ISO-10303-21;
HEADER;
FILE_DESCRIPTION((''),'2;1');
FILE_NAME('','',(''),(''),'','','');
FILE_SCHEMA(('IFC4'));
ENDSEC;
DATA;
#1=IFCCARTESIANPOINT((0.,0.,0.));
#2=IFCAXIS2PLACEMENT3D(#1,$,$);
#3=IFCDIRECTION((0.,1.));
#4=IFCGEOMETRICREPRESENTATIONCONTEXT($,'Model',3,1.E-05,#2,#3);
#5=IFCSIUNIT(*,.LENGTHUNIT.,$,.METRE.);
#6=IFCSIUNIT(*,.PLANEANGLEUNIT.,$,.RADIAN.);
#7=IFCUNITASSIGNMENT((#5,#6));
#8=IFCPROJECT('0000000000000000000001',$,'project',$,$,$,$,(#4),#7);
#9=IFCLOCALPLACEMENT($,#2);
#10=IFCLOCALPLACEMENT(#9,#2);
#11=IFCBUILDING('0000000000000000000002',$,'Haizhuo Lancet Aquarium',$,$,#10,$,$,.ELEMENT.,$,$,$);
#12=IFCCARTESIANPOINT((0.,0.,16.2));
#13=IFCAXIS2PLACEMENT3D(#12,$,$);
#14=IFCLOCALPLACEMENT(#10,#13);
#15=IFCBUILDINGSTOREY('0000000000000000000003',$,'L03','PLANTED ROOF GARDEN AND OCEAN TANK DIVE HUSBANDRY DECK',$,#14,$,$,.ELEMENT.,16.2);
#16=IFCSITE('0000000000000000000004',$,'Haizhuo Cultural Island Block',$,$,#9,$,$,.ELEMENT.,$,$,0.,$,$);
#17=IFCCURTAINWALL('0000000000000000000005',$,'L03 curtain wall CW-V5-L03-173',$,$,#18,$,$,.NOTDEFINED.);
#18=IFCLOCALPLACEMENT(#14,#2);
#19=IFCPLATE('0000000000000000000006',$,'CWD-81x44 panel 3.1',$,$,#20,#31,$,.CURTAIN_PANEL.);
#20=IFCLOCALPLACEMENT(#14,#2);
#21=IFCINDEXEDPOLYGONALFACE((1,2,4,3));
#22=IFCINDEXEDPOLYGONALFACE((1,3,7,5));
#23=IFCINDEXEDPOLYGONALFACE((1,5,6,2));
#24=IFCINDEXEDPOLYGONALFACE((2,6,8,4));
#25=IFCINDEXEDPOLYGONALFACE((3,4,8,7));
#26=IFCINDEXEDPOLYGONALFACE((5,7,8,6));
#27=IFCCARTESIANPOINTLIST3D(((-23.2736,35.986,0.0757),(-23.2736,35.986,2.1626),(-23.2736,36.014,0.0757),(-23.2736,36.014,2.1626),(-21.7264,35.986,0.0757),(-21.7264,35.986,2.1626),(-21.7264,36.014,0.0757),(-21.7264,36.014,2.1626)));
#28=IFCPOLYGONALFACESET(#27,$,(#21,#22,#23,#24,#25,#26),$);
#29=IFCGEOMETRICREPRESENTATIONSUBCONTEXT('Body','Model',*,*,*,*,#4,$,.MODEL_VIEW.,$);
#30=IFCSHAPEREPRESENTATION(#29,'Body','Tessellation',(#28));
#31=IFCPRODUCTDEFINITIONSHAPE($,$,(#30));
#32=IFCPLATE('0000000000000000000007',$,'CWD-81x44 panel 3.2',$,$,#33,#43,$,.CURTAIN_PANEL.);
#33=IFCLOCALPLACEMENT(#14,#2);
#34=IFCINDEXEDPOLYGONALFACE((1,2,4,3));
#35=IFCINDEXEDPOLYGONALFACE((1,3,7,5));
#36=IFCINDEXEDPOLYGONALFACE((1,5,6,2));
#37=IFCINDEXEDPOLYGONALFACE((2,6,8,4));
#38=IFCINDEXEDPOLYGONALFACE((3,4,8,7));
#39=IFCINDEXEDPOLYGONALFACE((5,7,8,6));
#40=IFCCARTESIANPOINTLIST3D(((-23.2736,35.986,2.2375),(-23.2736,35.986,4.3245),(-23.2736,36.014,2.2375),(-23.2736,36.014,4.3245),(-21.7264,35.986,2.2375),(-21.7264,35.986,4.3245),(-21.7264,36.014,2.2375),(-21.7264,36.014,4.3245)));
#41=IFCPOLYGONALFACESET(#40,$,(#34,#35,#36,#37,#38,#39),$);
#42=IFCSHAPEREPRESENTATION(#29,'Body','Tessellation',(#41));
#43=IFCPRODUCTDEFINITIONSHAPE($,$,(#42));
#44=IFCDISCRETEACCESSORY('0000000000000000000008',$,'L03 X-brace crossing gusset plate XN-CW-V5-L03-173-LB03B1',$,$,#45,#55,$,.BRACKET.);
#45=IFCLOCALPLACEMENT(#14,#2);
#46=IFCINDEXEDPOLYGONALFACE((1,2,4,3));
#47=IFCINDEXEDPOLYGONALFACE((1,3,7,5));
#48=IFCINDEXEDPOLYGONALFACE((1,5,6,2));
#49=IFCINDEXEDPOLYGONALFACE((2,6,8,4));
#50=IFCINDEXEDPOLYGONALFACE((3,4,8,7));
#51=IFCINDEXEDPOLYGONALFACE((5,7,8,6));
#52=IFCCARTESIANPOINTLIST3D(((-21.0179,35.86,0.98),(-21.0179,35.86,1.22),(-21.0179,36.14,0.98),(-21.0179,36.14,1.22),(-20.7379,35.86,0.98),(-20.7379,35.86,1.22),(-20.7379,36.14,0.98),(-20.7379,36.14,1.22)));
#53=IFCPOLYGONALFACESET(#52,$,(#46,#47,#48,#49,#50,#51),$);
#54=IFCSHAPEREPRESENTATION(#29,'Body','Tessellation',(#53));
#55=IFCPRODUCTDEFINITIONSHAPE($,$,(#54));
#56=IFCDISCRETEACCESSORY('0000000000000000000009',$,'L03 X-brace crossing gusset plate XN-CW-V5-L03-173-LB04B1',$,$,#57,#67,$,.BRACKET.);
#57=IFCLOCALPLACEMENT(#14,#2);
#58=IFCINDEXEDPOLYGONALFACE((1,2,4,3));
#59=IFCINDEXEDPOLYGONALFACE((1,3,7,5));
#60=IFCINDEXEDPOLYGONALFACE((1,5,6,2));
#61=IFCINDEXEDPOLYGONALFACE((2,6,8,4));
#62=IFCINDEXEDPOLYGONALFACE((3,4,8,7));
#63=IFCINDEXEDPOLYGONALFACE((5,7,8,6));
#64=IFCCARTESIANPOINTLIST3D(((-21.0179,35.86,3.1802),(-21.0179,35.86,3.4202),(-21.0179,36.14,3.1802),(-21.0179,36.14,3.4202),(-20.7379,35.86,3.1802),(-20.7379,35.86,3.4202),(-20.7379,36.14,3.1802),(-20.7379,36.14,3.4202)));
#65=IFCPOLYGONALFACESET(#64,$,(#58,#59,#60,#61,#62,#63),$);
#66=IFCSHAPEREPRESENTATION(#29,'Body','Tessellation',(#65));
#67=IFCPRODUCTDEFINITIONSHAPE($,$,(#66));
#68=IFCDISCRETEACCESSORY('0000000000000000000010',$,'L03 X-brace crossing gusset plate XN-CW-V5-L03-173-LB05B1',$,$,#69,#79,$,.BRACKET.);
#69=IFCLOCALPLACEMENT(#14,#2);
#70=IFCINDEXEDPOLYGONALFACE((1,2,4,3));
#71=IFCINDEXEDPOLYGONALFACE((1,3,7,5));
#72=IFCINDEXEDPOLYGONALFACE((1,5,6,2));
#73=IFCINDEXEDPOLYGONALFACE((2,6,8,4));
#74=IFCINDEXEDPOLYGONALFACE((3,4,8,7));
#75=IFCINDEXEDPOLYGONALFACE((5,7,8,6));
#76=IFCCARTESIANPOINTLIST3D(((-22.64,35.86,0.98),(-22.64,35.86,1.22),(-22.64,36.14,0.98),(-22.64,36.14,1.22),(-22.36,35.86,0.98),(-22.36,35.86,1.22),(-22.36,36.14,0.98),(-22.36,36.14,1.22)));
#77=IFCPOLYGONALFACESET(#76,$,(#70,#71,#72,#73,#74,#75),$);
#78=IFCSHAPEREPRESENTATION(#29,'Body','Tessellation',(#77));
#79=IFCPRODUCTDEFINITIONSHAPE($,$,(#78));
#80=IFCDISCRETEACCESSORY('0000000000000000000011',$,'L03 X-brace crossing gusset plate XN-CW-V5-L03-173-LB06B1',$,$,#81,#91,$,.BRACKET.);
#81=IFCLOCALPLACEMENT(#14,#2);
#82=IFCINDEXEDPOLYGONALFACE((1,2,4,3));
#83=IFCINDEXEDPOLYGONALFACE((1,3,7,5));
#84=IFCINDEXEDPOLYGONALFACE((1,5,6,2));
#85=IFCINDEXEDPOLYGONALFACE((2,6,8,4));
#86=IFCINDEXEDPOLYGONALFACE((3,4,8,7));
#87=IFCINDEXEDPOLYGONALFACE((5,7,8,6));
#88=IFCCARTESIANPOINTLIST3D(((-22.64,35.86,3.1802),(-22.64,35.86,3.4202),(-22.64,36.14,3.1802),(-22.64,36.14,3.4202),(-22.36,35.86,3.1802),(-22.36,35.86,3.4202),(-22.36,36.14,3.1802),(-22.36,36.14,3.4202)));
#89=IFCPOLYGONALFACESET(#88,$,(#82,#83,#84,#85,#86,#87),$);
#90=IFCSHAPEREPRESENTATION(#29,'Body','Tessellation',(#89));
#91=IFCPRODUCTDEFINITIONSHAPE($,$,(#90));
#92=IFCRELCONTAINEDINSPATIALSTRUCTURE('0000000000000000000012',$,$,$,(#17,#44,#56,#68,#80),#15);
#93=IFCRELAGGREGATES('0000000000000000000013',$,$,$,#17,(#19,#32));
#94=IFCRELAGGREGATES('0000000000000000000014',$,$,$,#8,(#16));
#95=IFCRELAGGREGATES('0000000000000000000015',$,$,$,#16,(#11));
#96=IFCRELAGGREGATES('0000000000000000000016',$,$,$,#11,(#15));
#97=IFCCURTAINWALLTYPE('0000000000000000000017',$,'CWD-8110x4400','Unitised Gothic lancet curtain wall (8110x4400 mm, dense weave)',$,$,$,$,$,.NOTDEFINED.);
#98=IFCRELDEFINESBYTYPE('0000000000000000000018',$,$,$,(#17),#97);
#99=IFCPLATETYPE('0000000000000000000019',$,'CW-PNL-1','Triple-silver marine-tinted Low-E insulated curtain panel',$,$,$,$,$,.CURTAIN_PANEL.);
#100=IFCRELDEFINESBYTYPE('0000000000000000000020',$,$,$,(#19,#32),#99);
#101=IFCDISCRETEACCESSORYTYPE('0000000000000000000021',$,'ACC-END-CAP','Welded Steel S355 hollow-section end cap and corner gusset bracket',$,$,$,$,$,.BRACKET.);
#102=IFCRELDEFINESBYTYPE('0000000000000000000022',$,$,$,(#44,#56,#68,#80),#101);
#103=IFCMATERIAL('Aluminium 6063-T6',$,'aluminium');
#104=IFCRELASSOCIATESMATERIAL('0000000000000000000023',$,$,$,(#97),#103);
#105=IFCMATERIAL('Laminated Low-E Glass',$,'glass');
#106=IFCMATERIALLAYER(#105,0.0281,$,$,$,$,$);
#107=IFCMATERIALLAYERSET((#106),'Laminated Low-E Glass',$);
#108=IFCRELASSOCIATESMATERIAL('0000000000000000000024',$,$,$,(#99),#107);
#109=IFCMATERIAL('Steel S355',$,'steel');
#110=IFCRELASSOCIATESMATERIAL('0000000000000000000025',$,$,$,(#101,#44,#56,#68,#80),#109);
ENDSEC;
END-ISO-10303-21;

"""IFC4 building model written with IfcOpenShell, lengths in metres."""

from ifc_helpers import new_model, si_unit, direction, frame, origin, origin_2d, place, context, subcontext, project, spatial, rectangle, extrude, material, layer, layer_set, type_object, element, aggregate, save


model = new_model("IFC4")

# Units and contexts
model_context = context("Model", 3, precision=1e-05, world=origin(), true_north=direction((0.0, 1.0)))
body_context = subcontext(model_context, "Body", "Model", "MODEL_VIEW")
ifc_project = project(units=[si_unit("LENGTHUNIT", "METRE"), si_unit("PLANEANGLEUNIT", "RADIAN")], contexts=[model_context])

# Site, building, storey
site_placement = place(None, origin())
site = spatial("IfcSite", under=ifc_project, at=site_placement, Name="Haizhuo Cultural Island Block", CompositionType="ELEMENT", RefElevation=0.0)
building_placement = place(site_placement, origin())
building = spatial("IfcBuilding", under=site, at=building_placement, Name="Haizhuo Lancet Aquarium", CompositionType="ELEMENT")
storey_placement = place(building_placement, frame((0.0, 0.0, 16.2)))
storey = spatial("IfcBuildingStorey", under=building, at=storey_placement, Name="L03", Description="PLANTED ROOF GARDEN AND OCEAN TANK DIVE HUSBANDRY DECK", CompositionType="ELEMENT", Elevation=16.2)

# Curtain wall
ifc_material_1 = material(Name="Aluminium 6063-T6", Category="aluminium")
curtain_wall_type = type_object("IfcCurtainWallType", Name="CWD-8110x4400", Description="Unitised Gothic lancet curtain wall (8110x4400 mm, dense weave)", PredefinedType="NOTDEFINED", material=ifc_material_1)
curtain_wall_placement = place(storey_placement, origin())
curtain_wall = element("IfcCurtainWall", 1, at=curtain_wall_placement, inside=storey, type_object=curtain_wall_type, Name="L03 curtain wall CW-V5-L03-173", PredefinedType="NOTDEFINED")

# Shared definitions
ifc_material_2 = material(Name="Steel S355", Category="steel")

# Plates
ifc_material_3 = material(Name="Laminated Low-E Glass", Category="glass")
ifc_layer = layer(ifc_material_3, 0.0281)
ifc_layer_set = layer_set([ifc_layer], Name="Laminated Low-E Glass")
plate_type = type_object("IfcPlateType", Name="CW-PNL-1", Description="Triple-silver marine-tinted Low-E insulated curtain panel", PredefinedType="CURTAIN_PANEL", material=ifc_layer_set)
plate_1_placement = place(storey_placement, frame((-22.5, 36.0, 0.0757), z_axis=(0.0, 0.0, 1.0), x_axis=(-1.0, 0.0, 0.0)))
plate_1 = element("IfcPlate", 2, at=plate_1_placement, type_object=plate_type, Name="CWD-81x44 panel 3.1", PredefinedType="CURTAIN_PANEL", context=body_context, shape_type="SweptSolid", body=[
    extrude(rectangle(XDim=1.5471, YDim=0.0281, at=origin_2d()), origin(), (0.0, 0.0, 1.0), 2.0869),
])
plate_2_placement = place(storey_placement, frame((-22.5, 36.0, 2.2375), z_axis=(0.0, 0.0, 1.0), x_axis=(-1.0, 0.0, 0.0)))
plate_2 = element("IfcPlate", 3, at=plate_2_placement, type_object=plate_type, Name="CWD-81x44 panel 3.2", PredefinedType="CURTAIN_PANEL", context=body_context, shape_type="SweptSolid", body=[
    extrude(rectangle(XDim=1.5471, YDim=0.0281, at=origin_2d()), origin(), (0.0, 0.0, 1.0), 2.0869),
])
aggregate(curtain_wall, [plate_1, plate_2])

# Discrete accessories
discrete_accessory_type = type_object("IfcDiscreteAccessoryType", Name="ACC-END-CAP", Description="Welded Steel S355 hollow-section end cap and corner gusset bracket", PredefinedType="BRACKET", material=ifc_material_2)
for number, where, z_axis, x_axis, name in (
    (4, (-20.8779, 36.0, 0.98), (0.0, 0.0, 1.0), (1.0, 0.0, 0.0), "L03 X-brace crossing gusset plate XN-CW-V5-L03-173-LB03B1"),
    (5, (-20.8779, 36.0, 3.1802), (0.0, 0.0, 1.0), (1.0, 0.0, 0.0), "L03 X-brace crossing gusset plate XN-CW-V5-L03-173-LB04B1"),
    (6, (-22.5, 36.0, 0.98), (0.0, 0.0, 1.0), (1.0, 0.0, 0.0), "L03 X-brace crossing gusset plate XN-CW-V5-L03-173-LB05B1"),
    (7, (-22.5, 36.0, 3.1802), (0.0, 0.0, 1.0), (1.0, 0.0, 0.0), "L03 X-brace crossing gusset plate XN-CW-V5-L03-173-LB06B1"),
):
    element("IfcDiscreteAccessory", number, at=place(storey_placement, frame(where, z_axis=z_axis, x_axis=x_axis)), inside=storey, type_object=discrete_accessory_type, material=ifc_material_2, Name=name, PredefinedType="BRACKET", context=body_context, shape_type="SweptSolid", body=[
        extrude(rectangle(XDim=0.28, YDim=0.28, at=origin_2d()), origin(), (0.0, 0.0, 1.0), 0.24),
    ])

save(model, "model.ifc")
